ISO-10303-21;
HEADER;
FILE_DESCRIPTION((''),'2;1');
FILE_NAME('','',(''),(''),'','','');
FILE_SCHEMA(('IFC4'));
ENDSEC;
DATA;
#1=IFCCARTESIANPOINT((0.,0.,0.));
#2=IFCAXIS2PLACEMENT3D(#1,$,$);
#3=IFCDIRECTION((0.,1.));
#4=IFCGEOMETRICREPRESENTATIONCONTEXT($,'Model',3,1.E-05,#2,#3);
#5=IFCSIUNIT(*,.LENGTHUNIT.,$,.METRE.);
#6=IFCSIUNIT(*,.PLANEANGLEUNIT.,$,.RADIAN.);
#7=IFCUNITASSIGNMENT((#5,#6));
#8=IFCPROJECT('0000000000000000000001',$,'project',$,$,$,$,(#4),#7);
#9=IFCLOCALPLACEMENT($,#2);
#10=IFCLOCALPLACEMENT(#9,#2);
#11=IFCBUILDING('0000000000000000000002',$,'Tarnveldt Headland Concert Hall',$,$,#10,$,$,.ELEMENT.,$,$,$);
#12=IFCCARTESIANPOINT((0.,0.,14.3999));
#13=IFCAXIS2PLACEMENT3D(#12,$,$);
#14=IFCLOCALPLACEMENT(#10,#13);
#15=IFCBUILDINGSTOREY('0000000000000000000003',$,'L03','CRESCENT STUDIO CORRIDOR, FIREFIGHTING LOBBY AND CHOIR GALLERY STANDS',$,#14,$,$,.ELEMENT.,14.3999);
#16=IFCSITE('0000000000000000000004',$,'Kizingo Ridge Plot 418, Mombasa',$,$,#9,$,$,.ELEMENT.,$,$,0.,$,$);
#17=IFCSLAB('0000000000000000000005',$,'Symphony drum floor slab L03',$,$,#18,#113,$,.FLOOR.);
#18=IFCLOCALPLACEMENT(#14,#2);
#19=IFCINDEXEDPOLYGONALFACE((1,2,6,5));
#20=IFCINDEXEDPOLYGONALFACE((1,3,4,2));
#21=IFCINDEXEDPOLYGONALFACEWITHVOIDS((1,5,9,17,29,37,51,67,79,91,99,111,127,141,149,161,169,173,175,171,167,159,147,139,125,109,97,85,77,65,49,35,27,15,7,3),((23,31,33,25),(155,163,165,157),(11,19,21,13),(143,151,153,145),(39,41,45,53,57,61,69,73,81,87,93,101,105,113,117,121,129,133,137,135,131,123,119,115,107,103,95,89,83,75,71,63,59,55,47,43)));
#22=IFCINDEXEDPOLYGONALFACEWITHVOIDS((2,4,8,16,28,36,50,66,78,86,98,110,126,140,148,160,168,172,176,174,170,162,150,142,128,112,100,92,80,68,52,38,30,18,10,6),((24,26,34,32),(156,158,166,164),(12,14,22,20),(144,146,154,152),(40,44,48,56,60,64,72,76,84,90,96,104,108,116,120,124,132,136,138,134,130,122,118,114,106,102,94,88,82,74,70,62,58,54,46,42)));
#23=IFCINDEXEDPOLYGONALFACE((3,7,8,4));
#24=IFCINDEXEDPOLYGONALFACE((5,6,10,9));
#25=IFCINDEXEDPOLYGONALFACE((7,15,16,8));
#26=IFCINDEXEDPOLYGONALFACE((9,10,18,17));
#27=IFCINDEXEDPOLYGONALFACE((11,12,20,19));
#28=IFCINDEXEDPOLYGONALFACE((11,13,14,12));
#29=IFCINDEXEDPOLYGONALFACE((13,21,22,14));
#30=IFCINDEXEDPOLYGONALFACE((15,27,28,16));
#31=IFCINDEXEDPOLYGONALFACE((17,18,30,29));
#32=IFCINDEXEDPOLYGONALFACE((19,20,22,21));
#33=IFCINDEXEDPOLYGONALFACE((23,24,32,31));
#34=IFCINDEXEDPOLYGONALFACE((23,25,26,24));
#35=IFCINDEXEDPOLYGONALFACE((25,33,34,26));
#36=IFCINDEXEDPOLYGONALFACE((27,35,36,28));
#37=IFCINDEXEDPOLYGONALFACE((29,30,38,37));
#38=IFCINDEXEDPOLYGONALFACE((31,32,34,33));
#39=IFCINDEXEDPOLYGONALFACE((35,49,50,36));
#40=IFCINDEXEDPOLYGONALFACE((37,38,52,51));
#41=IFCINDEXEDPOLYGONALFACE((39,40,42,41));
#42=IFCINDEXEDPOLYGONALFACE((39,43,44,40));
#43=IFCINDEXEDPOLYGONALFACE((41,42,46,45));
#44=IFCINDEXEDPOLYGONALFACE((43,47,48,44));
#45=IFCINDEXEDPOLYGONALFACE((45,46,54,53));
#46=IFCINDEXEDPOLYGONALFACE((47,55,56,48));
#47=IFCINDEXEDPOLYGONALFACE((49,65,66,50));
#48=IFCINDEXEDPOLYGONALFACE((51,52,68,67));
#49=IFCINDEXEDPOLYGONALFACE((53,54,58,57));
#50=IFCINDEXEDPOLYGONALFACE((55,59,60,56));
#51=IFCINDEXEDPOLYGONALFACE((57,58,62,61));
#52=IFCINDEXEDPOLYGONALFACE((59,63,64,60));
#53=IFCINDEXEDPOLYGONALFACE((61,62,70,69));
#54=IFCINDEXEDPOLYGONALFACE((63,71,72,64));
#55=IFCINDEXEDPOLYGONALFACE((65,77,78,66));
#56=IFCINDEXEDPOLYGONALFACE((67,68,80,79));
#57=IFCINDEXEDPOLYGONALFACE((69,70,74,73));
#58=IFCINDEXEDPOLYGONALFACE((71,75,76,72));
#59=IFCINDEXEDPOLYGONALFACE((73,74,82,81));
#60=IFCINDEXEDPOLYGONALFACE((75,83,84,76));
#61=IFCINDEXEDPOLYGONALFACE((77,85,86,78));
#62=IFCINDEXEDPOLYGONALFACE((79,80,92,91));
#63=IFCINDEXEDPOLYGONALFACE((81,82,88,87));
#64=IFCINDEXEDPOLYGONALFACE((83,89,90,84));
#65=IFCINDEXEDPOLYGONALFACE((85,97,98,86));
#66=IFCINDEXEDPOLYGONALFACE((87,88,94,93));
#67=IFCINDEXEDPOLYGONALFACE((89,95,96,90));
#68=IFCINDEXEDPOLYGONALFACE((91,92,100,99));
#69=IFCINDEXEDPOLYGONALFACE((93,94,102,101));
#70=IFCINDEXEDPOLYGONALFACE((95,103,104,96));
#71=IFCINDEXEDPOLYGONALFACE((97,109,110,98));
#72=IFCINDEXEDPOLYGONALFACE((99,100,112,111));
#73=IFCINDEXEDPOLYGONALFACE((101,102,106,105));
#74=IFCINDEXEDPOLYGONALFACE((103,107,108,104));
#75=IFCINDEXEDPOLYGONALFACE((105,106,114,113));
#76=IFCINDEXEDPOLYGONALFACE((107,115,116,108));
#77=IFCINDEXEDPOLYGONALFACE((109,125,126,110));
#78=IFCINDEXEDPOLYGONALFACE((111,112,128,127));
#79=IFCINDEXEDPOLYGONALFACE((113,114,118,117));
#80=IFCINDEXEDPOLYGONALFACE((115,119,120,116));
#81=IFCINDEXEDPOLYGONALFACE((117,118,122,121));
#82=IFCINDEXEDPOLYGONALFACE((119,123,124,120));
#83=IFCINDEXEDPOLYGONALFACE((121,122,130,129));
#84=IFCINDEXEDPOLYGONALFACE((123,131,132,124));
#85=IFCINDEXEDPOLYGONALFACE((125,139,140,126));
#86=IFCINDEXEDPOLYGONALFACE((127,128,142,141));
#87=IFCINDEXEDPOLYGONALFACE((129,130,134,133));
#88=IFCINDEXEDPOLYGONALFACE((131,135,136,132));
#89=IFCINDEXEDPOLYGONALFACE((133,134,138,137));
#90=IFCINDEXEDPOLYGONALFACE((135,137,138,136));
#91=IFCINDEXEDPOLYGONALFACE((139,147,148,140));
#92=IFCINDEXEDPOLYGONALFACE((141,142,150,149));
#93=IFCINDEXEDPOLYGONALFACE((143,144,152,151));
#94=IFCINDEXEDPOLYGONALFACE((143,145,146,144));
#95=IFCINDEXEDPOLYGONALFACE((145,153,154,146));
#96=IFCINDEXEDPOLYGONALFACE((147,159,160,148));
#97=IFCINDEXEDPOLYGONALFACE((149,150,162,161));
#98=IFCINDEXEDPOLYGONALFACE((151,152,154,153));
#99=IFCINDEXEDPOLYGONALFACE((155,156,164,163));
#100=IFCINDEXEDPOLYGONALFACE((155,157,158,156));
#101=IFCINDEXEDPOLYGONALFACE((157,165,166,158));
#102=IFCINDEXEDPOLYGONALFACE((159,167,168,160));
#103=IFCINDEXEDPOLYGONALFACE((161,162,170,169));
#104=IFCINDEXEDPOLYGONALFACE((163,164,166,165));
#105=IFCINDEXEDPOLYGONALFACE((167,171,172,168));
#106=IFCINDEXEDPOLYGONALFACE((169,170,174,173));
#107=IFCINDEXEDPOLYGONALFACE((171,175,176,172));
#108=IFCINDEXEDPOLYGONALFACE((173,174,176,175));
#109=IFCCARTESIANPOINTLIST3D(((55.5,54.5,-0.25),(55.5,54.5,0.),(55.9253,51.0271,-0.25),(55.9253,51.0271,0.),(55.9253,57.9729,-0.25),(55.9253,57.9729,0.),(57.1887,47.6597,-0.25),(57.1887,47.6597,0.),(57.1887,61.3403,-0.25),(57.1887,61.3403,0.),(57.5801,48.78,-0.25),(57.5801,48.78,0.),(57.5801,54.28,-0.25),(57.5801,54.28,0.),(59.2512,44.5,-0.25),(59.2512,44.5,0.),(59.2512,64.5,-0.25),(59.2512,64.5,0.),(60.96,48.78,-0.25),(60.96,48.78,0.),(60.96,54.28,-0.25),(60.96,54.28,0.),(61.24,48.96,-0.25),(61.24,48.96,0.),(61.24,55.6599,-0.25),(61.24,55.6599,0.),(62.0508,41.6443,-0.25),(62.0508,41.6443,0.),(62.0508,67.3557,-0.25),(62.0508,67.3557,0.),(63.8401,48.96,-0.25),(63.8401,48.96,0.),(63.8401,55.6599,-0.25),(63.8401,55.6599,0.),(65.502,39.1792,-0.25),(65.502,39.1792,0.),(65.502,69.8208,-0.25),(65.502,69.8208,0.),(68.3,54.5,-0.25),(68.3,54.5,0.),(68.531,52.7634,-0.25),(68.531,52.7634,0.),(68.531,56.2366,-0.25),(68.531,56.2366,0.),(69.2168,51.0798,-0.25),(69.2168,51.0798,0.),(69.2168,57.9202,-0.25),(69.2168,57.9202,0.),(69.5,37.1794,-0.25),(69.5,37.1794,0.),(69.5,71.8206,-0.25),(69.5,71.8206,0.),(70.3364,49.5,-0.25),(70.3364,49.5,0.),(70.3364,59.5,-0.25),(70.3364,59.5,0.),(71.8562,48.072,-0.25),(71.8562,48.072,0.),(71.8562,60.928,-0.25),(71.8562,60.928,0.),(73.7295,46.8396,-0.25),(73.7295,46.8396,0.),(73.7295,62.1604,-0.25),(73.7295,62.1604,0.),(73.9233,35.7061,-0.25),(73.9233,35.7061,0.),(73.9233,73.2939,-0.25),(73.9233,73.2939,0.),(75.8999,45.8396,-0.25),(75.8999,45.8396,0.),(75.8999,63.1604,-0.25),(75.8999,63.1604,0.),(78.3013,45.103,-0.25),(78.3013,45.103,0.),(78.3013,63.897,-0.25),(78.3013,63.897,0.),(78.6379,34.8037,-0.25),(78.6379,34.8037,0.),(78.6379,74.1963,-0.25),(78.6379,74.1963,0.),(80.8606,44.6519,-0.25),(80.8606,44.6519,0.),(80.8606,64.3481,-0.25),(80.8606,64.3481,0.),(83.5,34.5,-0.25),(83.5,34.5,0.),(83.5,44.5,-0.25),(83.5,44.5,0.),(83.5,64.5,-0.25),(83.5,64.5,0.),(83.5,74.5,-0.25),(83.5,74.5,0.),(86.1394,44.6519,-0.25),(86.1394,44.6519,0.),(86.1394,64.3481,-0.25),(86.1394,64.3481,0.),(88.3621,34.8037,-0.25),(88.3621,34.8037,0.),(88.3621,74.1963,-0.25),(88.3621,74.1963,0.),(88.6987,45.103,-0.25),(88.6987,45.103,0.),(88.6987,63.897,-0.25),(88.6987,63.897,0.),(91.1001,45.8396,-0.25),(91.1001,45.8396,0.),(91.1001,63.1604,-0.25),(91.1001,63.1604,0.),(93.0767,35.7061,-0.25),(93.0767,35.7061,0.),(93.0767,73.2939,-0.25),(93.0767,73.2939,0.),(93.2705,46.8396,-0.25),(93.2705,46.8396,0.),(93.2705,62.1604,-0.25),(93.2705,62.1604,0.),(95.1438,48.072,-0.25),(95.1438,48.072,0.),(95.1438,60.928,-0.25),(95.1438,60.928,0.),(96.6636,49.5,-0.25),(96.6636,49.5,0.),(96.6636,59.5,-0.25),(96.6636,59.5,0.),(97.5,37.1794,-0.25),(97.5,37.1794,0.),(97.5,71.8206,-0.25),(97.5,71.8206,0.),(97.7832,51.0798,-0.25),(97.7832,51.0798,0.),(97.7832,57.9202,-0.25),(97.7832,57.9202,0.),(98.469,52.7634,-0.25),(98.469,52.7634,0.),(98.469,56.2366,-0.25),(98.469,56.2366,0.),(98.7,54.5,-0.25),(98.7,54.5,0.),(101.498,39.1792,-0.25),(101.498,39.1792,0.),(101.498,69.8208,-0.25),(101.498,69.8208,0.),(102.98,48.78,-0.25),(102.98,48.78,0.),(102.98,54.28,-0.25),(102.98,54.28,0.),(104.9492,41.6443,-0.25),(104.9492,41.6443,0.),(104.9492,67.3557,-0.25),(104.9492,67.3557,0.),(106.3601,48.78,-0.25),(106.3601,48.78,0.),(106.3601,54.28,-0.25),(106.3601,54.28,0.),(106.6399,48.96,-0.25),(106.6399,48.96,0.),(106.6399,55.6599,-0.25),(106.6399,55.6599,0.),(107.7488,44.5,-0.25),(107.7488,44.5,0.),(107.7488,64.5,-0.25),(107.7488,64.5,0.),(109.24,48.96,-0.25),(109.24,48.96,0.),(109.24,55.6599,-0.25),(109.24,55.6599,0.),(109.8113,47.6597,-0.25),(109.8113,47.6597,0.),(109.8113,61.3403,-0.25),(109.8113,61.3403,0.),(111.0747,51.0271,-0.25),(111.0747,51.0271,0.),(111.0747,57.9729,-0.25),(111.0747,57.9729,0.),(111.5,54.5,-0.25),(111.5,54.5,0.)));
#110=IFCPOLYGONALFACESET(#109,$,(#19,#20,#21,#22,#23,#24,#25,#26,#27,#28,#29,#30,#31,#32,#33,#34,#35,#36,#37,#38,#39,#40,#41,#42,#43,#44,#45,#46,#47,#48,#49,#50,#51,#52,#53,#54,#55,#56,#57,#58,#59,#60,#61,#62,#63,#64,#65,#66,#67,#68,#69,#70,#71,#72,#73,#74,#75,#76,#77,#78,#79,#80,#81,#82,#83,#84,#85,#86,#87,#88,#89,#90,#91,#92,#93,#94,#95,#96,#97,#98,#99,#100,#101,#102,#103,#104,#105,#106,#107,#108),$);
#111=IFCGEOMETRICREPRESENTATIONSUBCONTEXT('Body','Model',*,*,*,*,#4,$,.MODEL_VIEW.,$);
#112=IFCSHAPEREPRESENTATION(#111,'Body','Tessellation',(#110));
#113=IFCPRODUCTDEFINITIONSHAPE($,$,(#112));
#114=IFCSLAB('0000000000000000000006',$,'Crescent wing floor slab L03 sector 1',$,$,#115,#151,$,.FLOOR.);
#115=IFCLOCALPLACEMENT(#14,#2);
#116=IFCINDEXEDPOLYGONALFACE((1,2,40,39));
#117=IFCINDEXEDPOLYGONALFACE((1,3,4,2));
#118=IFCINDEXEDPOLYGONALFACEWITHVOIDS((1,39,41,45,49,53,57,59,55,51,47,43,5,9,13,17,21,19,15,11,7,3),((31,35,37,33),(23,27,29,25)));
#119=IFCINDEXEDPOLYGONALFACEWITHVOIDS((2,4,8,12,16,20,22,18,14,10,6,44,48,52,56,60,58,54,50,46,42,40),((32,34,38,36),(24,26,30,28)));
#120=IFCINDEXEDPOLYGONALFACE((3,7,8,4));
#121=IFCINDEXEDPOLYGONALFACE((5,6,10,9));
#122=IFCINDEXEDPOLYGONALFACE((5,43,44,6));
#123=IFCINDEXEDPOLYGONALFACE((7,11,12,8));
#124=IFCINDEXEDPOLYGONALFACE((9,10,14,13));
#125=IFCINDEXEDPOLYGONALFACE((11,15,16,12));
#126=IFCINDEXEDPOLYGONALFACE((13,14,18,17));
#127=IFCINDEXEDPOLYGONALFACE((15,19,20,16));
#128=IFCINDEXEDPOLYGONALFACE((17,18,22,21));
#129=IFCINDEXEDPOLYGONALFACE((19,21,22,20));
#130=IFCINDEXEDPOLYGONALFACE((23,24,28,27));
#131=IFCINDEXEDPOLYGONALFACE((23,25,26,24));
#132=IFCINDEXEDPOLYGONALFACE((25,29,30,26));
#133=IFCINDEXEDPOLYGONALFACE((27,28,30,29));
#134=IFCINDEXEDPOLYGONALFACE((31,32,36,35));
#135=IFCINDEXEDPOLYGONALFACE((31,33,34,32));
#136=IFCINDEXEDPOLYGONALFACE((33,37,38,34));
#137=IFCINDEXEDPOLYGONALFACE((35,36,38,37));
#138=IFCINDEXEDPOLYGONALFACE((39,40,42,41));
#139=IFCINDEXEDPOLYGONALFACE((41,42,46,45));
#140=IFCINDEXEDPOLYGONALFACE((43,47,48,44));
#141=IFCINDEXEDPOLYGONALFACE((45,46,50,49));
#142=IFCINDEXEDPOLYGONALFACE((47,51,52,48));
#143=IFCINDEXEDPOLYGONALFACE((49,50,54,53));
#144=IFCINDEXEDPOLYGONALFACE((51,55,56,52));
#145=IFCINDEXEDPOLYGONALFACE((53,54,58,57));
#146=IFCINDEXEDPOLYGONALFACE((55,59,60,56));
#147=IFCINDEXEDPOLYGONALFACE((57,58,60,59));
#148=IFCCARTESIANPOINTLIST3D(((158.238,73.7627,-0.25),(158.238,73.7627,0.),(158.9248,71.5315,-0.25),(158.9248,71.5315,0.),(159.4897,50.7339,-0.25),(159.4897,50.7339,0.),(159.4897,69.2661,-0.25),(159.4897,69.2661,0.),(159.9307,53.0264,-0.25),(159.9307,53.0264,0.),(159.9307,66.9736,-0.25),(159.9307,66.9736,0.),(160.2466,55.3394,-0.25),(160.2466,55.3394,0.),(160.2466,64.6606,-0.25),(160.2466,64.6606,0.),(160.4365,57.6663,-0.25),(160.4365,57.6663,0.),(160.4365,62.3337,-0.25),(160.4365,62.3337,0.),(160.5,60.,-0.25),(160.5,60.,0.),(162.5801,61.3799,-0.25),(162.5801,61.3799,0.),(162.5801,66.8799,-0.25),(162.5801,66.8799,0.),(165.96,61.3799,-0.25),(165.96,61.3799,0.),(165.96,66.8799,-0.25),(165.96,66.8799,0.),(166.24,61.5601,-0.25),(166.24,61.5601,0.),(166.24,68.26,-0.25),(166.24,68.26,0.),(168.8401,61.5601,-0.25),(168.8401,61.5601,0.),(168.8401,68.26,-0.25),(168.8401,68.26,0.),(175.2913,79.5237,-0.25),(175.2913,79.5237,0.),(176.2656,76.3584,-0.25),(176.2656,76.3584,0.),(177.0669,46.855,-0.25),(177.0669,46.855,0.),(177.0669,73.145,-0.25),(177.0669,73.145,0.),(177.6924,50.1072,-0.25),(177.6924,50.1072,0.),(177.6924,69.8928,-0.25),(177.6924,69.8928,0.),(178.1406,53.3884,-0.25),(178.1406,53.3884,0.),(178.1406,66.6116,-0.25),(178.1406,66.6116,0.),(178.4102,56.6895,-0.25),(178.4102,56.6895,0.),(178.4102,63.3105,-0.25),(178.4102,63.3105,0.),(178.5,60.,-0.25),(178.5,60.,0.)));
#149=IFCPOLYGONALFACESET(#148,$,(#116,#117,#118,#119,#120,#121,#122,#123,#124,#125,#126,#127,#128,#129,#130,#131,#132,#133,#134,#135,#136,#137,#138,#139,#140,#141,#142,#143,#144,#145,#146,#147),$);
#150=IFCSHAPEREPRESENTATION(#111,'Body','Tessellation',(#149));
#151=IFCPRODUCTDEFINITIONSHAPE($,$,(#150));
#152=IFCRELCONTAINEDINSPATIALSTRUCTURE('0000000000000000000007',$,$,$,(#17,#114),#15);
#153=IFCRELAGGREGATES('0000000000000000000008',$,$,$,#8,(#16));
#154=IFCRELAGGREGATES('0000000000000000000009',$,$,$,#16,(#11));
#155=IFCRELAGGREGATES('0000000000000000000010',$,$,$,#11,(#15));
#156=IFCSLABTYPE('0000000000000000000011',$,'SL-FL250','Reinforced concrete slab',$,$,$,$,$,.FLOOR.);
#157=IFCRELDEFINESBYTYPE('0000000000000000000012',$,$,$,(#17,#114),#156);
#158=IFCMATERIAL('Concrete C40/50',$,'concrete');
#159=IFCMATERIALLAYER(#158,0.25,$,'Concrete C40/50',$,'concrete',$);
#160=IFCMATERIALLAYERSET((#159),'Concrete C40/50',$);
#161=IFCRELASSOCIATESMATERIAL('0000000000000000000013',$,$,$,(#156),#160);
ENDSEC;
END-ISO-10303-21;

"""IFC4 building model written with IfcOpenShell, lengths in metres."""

from ifc_helpers import new_model, si_unit, direction, frame, origin, place, context, subcontext, project, spatial, polyline, outline, extrude, material, layer, layer_set, type_object, element, save


model = new_model("IFC4")

# Units and contexts
model_context = context("Model", 3, precision=1e-05, world=origin(), true_north=direction((0.0, 1.0)))
body_context = subcontext(model_context, "Body", "Model", "MODEL_VIEW")
ifc_project = project(units=[si_unit("LENGTHUNIT", "METRE"), si_unit("PLANEANGLEUNIT", "RADIAN")], contexts=[model_context])

# Site, building, storey
site_placement = place(None, origin())
site = spatial("IfcSite", under=ifc_project, at=site_placement, Name="Kizingo Ridge Plot 418, Mombasa", CompositionType="ELEMENT", RefElevation=0.0)
building_placement = place(site_placement, origin())
building = spatial("IfcBuilding", under=site, at=building_placement, Name="Tarnveldt Headland Concert Hall", CompositionType="ELEMENT")
storey_placement = place(building_placement, frame((0.0, 0.0, 14.3999)))
storey = spatial("IfcBuildingStorey", under=building, at=storey_placement, Name="L03", Description="CRESCENT STUDIO CORRIDOR, FIREFIGHTING LOBBY AND CHOIR GALLERY STANDS", CompositionType="ELEMENT", Elevation=14.3999)

# Slabs
ifc_material_1 = material(Name="Concrete C40/50", Category="concrete")
ifc_layer_1 = layer(ifc_material_1, 0.25, Name="Concrete C40/50", Category="concrete")
ifc_layer_set_1 = layer_set([ifc_layer_1], Name="Concrete C40/50")
slab_type_1 = type_object("IfcSlabType", Name="SL-FL250", Description="Reinforced concrete slab", PredefinedType="FLOOR", material=ifc_layer_set_1)
slab_1_placement = place(storey_placement, frame((0.0, 0.0, -0.25)))
element("IfcSlab", 1, at=slab_1_placement, inside=storey, type_object=slab_type_1, Name="Symphony drum floor slab L03", PredefinedType="FLOOR", context=body_context, shape_type="SweptSolid", body=[
    extrude(outline(polyline([(101.498, 39.1792), (104.9492, 41.6443), (107.7488, 44.5), (109.8113, 47.6597), (111.0747, 51.0271), (111.5, 54.5), (111.0747, 57.9729), (109.8113, 61.3403), (107.7488, 64.5), (104.9492, 67.3557), (101.498, 69.8208), (97.5, 71.8206), (93.0767, 73.2939), (88.3621, 74.1963), (83.5, 74.5), (78.6379, 74.1963), (73.9233, 73.2939), (69.5, 71.8206), (65.502, 69.8208), (62.0508, 67.3557), (59.2512, 64.5), (57.1887, 61.3403), (55.9253, 57.9729), (55.5, 54.5), (55.9253, 51.0271), (57.1887, 47.6597), (59.2512, 44.5), (62.0508, 41.6443), (65.502, 39.1792), (69.5, 37.1794), (73.9233, 35.7061), (78.6379, 34.8037), (83.5, 34.5), (88.3621, 34.8037), (93.0767, 35.7061), (97.5, 37.1794), (101.498, 39.1792)]), holes=[polyline([(93.2705, 62.1604), (95.1438, 60.928), (96.6636, 59.5), (97.7832, 57.9202), (98.469, 56.2366), (98.7, 54.5), (98.469, 52.7634), (97.7832, 51.0798), (96.6636, 49.5), (95.1438, 48.072), (93.2705, 46.8396), (91.1001, 45.8396), (88.6987, 45.103), (86.1394, 44.6519), (83.5, 44.5), (80.8606, 44.6519), (78.3013, 45.103), (75.8999, 45.8396), (73.7295, 46.8396), (71.8562, 48.072), (70.3364, 49.5), (69.2168, 51.0798), (68.531, 52.7634), (68.3, 54.5), (68.531, 56.2366), (69.2168, 57.9202), (70.3364, 59.5), (71.8562, 60.928), (73.7295, 62.1604), (75.8999, 63.1604), (78.3013, 63.897), (80.8606, 64.3481), (83.5, 64.5), (86.1394, 64.3481), (88.6987, 63.897), (91.1001, 63.1604), (93.2705, 62.1604)]), polyline([(60.96, 48.78), (57.5801, 48.78), (57.5801, 54.28), (60.96, 54.28), (60.96, 48.78)]), polyline([(61.24, 48.96), (61.24, 55.6599), (63.8401, 55.6599), (63.8401, 48.96), (61.24, 48.96)]), polyline([(102.98, 54.28), (106.3601, 54.28), (106.3601, 48.78), (102.98, 48.78), (102.98, 54.28)]), polyline([(109.24, 55.6599), (109.24, 48.96), (106.6399, 48.96), (106.6399, 55.6599), (109.24, 55.6599)])]), origin(), (0.0, 0.0, 1.0), 0.25),
])
slab_2_placement = place(storey_placement, frame((0.0, 0.0, -0.25)))
element("IfcSlab", 2, at=slab_2_placement, inside=storey, type_object=slab_type_1, Name="Crescent wing floor slab L03 sector 1", PredefinedType="FLOOR", context=body_context, shape_type="SweptSolid", body=[
    extrude(outline(polyline([(159.9307, 53.0264), (159.4897, 50.7339), (177.0669, 46.855), (177.6924, 50.1072), (178.1406, 53.3884), (178.4102, 56.6895), (178.5, 60.0), (178.4102, 63.3105), (178.1406, 66.6116), (177.6924, 69.8928), (177.0669, 73.145), (176.2656, 76.3584), (175.2913, 79.5237), (158.238, 73.7627), (158.9248, 71.5315), (159.4897, 69.2661), (159.9307, 66.9736), (160.2466, 64.6606), (160.4365, 62.3337), (160.5, 60.0), (160.4365, 57.6663), (160.2466, 55.3394), (159.9307, 53.0264)]), holes=[polyline([(162.5801, 66.8799), (165.96, 66.8799), (165.96, 61.3799), (162.5801, 61.3799), (162.5801, 66.8799)]), polyline([(168.8401, 68.26), (168.8401, 61.5601), (166.24, 61.5601), (166.24, 68.26), (168.8401, 68.26)])]), origin(), (0.0, 0.0, 1.0), 0.25),
])

save(model, "model.ifc")
